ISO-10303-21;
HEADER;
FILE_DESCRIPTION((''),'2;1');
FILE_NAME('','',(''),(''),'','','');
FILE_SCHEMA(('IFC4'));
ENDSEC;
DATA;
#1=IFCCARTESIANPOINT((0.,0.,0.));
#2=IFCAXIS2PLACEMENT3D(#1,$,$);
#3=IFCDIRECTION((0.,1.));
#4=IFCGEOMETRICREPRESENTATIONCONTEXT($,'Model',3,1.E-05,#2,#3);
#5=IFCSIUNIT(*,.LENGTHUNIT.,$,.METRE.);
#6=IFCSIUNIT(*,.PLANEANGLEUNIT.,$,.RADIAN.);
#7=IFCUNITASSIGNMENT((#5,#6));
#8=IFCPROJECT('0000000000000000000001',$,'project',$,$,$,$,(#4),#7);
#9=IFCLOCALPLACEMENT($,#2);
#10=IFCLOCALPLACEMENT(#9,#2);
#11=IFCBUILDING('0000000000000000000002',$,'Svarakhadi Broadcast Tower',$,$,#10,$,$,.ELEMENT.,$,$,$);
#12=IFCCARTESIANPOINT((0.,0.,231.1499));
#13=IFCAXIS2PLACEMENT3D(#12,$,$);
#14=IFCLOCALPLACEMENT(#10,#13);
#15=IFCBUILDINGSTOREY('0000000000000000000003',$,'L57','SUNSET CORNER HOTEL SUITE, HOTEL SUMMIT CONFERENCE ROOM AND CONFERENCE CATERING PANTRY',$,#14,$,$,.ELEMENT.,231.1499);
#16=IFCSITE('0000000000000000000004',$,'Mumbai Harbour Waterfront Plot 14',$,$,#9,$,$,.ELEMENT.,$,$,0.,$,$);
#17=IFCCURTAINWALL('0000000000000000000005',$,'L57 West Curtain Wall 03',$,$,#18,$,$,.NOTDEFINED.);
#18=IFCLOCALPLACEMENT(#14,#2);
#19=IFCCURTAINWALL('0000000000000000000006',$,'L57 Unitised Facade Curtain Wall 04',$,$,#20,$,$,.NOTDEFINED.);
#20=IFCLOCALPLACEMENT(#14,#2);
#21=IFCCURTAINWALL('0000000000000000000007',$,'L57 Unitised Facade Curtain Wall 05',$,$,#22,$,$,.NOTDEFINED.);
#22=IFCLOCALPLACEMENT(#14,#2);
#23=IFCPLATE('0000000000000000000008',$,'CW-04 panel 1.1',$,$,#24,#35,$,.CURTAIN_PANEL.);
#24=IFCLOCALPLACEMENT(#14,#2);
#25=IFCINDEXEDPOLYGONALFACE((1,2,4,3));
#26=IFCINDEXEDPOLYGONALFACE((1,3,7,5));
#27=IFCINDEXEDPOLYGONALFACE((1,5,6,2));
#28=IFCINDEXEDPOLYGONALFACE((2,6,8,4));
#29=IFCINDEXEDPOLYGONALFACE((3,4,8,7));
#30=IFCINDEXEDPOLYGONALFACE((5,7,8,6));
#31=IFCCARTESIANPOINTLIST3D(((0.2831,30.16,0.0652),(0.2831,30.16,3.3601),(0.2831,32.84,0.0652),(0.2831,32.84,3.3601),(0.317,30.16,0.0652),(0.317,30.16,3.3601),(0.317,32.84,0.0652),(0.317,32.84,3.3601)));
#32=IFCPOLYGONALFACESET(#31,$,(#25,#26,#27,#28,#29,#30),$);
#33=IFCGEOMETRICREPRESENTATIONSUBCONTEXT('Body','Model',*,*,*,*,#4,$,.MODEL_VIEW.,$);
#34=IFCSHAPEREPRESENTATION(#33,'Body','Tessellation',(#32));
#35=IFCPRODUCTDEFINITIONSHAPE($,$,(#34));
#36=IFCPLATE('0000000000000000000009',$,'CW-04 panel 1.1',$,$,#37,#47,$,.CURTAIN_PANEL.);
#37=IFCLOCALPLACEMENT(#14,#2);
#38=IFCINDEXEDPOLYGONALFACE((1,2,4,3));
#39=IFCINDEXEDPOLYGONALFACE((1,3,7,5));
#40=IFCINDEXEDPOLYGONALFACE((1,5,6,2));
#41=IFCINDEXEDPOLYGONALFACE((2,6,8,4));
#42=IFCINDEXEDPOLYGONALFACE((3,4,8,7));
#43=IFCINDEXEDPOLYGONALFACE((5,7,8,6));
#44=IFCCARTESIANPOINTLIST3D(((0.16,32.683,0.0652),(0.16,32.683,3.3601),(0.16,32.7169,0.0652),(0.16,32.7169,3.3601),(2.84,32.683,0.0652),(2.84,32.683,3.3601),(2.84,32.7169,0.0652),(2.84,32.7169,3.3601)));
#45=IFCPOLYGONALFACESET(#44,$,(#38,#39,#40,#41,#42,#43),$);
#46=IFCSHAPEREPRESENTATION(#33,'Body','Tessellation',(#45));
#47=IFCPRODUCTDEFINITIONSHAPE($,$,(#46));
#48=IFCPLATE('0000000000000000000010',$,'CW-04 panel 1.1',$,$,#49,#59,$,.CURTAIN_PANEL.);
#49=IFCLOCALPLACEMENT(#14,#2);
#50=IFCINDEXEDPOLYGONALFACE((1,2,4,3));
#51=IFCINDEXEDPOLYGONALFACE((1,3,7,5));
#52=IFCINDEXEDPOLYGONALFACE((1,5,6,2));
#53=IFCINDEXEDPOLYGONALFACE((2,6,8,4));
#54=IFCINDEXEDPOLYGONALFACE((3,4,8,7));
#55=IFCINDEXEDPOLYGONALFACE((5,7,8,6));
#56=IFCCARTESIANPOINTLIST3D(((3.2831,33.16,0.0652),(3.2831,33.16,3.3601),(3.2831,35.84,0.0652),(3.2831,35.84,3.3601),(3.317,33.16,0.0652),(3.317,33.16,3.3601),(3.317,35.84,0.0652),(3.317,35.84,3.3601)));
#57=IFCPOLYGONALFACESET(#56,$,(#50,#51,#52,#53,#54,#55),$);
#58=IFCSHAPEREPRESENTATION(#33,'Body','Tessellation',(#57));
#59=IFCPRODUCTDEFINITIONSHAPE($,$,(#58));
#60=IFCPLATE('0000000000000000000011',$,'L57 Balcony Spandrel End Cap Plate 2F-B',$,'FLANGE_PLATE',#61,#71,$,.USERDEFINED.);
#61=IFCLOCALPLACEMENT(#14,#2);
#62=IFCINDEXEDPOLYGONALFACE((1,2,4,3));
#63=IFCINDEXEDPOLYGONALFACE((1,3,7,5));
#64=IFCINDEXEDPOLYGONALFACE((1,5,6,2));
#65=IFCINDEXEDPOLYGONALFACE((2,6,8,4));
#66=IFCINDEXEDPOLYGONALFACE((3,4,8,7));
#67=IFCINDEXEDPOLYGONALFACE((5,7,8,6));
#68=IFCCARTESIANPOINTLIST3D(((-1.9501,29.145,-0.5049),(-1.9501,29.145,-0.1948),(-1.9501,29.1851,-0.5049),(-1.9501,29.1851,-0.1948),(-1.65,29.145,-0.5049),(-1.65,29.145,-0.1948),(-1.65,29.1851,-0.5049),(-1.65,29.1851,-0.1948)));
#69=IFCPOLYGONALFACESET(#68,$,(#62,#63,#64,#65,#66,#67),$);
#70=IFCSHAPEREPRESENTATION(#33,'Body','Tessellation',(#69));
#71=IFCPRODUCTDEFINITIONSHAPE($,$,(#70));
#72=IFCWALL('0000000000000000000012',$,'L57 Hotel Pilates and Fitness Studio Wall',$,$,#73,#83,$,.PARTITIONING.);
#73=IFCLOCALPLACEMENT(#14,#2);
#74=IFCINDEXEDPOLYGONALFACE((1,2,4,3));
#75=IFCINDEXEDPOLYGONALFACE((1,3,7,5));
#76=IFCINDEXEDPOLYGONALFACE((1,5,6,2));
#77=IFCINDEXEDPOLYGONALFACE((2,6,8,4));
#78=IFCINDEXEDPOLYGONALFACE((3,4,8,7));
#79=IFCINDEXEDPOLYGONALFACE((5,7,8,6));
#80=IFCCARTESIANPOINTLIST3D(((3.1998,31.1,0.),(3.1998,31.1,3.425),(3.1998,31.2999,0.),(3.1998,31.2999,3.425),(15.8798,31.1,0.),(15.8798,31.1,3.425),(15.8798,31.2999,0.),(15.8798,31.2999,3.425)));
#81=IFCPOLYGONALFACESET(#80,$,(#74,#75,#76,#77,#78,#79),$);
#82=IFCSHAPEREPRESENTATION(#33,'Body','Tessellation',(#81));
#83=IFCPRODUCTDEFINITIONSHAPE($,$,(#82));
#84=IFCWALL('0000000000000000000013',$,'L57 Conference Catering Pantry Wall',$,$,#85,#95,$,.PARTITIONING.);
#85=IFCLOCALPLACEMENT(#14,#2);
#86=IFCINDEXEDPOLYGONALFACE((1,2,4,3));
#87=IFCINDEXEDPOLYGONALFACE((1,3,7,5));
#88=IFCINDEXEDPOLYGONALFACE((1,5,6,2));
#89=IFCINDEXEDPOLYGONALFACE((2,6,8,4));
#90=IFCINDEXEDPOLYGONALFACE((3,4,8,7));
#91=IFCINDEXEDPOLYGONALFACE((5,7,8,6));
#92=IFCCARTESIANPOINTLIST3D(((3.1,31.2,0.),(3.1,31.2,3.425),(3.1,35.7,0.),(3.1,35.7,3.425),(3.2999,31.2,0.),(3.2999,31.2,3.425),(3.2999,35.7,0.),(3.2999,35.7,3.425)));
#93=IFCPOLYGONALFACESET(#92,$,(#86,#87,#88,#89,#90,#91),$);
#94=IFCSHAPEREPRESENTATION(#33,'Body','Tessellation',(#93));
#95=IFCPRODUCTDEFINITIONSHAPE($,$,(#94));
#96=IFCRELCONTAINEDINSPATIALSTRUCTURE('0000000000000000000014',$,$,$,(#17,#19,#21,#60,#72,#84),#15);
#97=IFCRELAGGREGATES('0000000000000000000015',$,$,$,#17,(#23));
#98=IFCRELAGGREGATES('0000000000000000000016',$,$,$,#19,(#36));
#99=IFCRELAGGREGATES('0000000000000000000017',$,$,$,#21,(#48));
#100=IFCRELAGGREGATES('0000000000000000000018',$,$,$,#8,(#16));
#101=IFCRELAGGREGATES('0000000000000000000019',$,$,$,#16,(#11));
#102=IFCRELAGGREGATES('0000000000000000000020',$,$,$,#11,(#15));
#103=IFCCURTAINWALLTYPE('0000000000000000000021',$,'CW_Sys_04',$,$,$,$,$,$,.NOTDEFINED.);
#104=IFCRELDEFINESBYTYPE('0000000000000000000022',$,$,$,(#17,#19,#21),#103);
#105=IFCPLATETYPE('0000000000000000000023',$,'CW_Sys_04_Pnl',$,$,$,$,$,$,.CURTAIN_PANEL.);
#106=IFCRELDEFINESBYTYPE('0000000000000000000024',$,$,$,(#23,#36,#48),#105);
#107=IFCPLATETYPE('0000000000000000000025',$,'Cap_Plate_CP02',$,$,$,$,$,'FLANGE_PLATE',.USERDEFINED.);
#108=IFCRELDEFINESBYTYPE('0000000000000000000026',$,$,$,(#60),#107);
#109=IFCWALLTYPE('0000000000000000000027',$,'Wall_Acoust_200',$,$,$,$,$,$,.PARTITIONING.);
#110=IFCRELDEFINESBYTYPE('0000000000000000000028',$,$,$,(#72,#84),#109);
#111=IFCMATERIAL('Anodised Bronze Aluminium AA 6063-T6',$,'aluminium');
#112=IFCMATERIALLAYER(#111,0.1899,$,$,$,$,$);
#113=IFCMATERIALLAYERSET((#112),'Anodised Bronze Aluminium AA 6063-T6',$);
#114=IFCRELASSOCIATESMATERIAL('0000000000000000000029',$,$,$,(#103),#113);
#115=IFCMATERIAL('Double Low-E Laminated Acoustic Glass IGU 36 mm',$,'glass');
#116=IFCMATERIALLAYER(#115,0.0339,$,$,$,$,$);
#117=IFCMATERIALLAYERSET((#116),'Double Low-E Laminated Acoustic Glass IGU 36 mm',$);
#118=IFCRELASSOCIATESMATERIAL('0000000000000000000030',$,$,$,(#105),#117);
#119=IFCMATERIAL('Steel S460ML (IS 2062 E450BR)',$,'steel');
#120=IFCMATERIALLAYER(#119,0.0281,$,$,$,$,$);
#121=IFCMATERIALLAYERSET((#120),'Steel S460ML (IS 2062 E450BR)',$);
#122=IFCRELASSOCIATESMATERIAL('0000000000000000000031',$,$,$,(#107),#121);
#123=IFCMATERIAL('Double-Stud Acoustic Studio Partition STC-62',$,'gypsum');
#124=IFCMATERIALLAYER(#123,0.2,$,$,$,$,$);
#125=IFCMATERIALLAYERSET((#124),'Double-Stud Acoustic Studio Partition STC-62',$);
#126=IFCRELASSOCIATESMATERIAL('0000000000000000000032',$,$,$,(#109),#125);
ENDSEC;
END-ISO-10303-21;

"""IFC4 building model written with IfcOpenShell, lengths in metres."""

from ifc_helpers import new_model, si_unit, direction, frame, frame_2d, origin, origin_2d, place, context, subcontext, project, spatial, rectangle, extrude, material, layer, layer_set, type_object, element, aggregate, save


model = new_model("IFC4")

# Units and contexts
model_context = context("Model", 3, precision=1e-05, world=origin(), true_north=direction((0.0, 1.0)))
body_context = subcontext(model_context, "Body", "Model", "MODEL_VIEW")
ifc_project = project(units=[si_unit("LENGTHUNIT", "METRE"), si_unit("PLANEANGLEUNIT", "RADIAN")], contexts=[model_context])

# Site, building, storey
site_placement = place(None, origin())
site = spatial("IfcSite", under=ifc_project, at=site_placement, Name="Mumbai Harbour Waterfront Plot 14", CompositionType="ELEMENT", RefElevation=0.0)
building_placement = place(site_placement, origin())
building = spatial("IfcBuilding", under=site, at=building_placement, Name="Svarakhadi Broadcast Tower", CompositionType="ELEMENT")
storey_placement = place(building_placement, frame((0.0, 0.0, 231.1499)))
storey = spatial("IfcBuildingStorey", under=building, at=storey_placement, Name="L57", Description="SUNSET CORNER HOTEL SUITE, HOTEL SUMMIT CONFERENCE ROOM AND CONFERENCE CATERING PANTRY", CompositionType="ELEMENT", Elevation=231.1499)

# Curtain walls
ifc_material_1 = material(Name="Anodised Bronze Aluminium AA 6063-T6", Category="aluminium")
ifc_layer_1 = layer(ifc_material_1, 0.1899)
ifc_layer_set_1 = layer_set([ifc_layer_1], Name="Anodised Bronze Aluminium AA 6063-T6")
curtain_wall_type = type_object("IfcCurtainWallType", Name="CW_Sys_04", PredefinedType="NOTDEFINED", material=ifc_layer_set_1)
curtain_wall_1_placement = place(storey_placement, origin())
curtain_wall_1 = element("IfcCurtainWall", 1, at=curtain_wall_1_placement, inside=storey, type_object=curtain_wall_type, Name="L57 West Curtain Wall 03", PredefinedType="NOTDEFINED")
curtain_wall_2_placement = place(storey_placement, origin())
curtain_wall_2 = element("IfcCurtainWall", 2, at=curtain_wall_2_placement, inside=storey, type_object=curtain_wall_type, Name="L57 Unitised Facade Curtain Wall 04", PredefinedType="NOTDEFINED")
curtain_wall_3_placement = place(storey_placement, origin())
curtain_wall_3 = element("IfcCurtainWall", 3, at=curtain_wall_3_placement, inside=storey, type_object=curtain_wall_type, Name="L57 Unitised Facade Curtain Wall 05", PredefinedType="NOTDEFINED")

# Plates
ifc_material_2 = material(Name="Double Low-E Laminated Acoustic Glass IGU 36 mm", Category="glass")
ifc_layer_2 = layer(ifc_material_2, 0.0339)
ifc_layer_set_2 = layer_set([ifc_layer_2], Name="Double Low-E Laminated Acoustic Glass IGU 36 mm")
plate_type_1 = type_object("IfcPlateType", Name="CW_Sys_04_Pnl", PredefinedType="CURTAIN_PANEL", material=ifc_layer_set_2)
plate_1_placement = place(storey_placement, frame((0.3, 31.5, 0.0652), z_axis=(0.0, 0.0, 1.0), x_axis=(0.0, 1.0, 0.0)))
plate_1 = element("IfcPlate", 4, at=plate_1_placement, type_object=plate_type_1, Name="CW-04 panel 1.1", PredefinedType="CURTAIN_PANEL", context=body_context, shape_type="SweptSolid", body=[
    extrude(rectangle(XDim=2.6799, YDim=0.0339, at=origin_2d()), origin(), (0.0, 0.0, 1.0), 3.2949),
])
aggregate(curtain_wall_1, [plate_1])
plate_2_placement = place(storey_placement, frame((1.5, 32.7, 0.0652), z_axis=(0.0, 0.0, 1.0), x_axis=(1.0, 0.0, 0.0)))
plate_2 = element("IfcPlate", 5, at=plate_2_placement, type_object=plate_type_1, Name="CW-04 panel 1.1", PredefinedType="CURTAIN_PANEL", context=body_context, shape_type="SweptSolid", body=[
    extrude(rectangle(XDim=2.6799, YDim=0.0339, at=origin_2d()), origin(), (0.0, 0.0, 1.0), 3.2949),
])
aggregate(curtain_wall_2, [plate_2])
plate_3_placement = place(storey_placement, frame((3.3, 34.5, 0.0652), z_axis=(0.0, 0.0, 1.0), x_axis=(0.0, 1.0, 0.0)))
plate_3 = element("IfcPlate", 6, at=plate_3_placement, type_object=plate_type_1, Name="CW-04 panel 1.1", PredefinedType="CURTAIN_PANEL", context=body_context, shape_type="SweptSolid", body=[
    extrude(rectangle(XDim=2.6799, YDim=0.0339, at=origin_2d()), origin(), (0.0, 0.0, 1.0), 3.2949),
])
aggregate(curtain_wall_3, [plate_3])
ifc_material_3 = material(Name="Steel S460ML (IS 2062 E450BR)", Category="steel")
ifc_layer_3 = layer(ifc_material_3, 0.0281)
ifc_layer_set_3 = layer_set([ifc_layer_3], Name="Steel S460ML (IS 2062 E450BR)")
plate_type_2 = type_object("IfcPlateType", Name="Cap_Plate_CP02", ElementType="FLANGE_PLATE", PredefinedType="USERDEFINED", material=ifc_layer_set_3)
plate_4_placement = place(storey_placement, frame((-1.8, 29.165, -0.5049), z_axis=(0.0, 0.0, 1.0), x_axis=(1.0, 0.0, 0.0)))
element("IfcPlate", 7, at=plate_4_placement, inside=storey, type_object=plate_type_2, Name="L57 Balcony Spandrel End Cap Plate 2F-B", ObjectType="FLANGE_PLATE", PredefinedType="USERDEFINED", context=body_context, shape_type="SweptSolid", body=[
    extrude(rectangle(XDim=0.3, YDim=0.04, at=origin_2d()), origin(), (0.0, 0.0, 1.0), 0.3101),
])

# Walls
ifc_material_4 = material(Name="Double-Stud Acoustic Studio Partition STC-62", Category="gypsum")
ifc_layer_4 = layer(ifc_material_4, 0.2)
ifc_layer_set_4 = layer_set([ifc_layer_4], Name="Double-Stud Acoustic Studio Partition STC-62")
wall_type = type_object("IfcWallType", Name="Wall_Acoust_200", PredefinedType="PARTITIONING", material=ifc_layer_set_4)
wall_1_placement = place(storey_placement, frame((3.2, 31.2, 0.0), z_axis=(0.0, 0.0, 1.0), x_axis=(1.0, 0.0, 0.0)))
element("IfcWall", 8, at=wall_1_placement, inside=storey, type_object=wall_type, Name="L57 Hotel Pilates and Fitness Studio Wall", PredefinedType="PARTITIONING", context=body_context, shape_type="SweptSolid", body=[
    extrude(rectangle(XDim=12.6799, YDim=0.2, at=frame_2d((6.3398, 0.0))), origin(), (0.0, 0.0, 1.0), 3.425),
])
wall_2_placement = place(storey_placement, frame((3.2, 31.2, 0.0), z_axis=(0.0, 0.0, 1.0), x_axis=(0.0, 1.0, 0.0)))
element("IfcWall", 9, at=wall_2_placement, inside=storey, type_object=wall_type, Name="L57 Conference Catering Pantry Wall", PredefinedType="PARTITIONING", context=body_context, shape_type="SweptSolid", body=[
    extrude(rectangle(XDim=4.5, YDim=0.2, at=frame_2d((2.25, 0.0))), origin(), (0.0, 0.0, 1.0), 3.425),
])

save(model, "model.ifc")
